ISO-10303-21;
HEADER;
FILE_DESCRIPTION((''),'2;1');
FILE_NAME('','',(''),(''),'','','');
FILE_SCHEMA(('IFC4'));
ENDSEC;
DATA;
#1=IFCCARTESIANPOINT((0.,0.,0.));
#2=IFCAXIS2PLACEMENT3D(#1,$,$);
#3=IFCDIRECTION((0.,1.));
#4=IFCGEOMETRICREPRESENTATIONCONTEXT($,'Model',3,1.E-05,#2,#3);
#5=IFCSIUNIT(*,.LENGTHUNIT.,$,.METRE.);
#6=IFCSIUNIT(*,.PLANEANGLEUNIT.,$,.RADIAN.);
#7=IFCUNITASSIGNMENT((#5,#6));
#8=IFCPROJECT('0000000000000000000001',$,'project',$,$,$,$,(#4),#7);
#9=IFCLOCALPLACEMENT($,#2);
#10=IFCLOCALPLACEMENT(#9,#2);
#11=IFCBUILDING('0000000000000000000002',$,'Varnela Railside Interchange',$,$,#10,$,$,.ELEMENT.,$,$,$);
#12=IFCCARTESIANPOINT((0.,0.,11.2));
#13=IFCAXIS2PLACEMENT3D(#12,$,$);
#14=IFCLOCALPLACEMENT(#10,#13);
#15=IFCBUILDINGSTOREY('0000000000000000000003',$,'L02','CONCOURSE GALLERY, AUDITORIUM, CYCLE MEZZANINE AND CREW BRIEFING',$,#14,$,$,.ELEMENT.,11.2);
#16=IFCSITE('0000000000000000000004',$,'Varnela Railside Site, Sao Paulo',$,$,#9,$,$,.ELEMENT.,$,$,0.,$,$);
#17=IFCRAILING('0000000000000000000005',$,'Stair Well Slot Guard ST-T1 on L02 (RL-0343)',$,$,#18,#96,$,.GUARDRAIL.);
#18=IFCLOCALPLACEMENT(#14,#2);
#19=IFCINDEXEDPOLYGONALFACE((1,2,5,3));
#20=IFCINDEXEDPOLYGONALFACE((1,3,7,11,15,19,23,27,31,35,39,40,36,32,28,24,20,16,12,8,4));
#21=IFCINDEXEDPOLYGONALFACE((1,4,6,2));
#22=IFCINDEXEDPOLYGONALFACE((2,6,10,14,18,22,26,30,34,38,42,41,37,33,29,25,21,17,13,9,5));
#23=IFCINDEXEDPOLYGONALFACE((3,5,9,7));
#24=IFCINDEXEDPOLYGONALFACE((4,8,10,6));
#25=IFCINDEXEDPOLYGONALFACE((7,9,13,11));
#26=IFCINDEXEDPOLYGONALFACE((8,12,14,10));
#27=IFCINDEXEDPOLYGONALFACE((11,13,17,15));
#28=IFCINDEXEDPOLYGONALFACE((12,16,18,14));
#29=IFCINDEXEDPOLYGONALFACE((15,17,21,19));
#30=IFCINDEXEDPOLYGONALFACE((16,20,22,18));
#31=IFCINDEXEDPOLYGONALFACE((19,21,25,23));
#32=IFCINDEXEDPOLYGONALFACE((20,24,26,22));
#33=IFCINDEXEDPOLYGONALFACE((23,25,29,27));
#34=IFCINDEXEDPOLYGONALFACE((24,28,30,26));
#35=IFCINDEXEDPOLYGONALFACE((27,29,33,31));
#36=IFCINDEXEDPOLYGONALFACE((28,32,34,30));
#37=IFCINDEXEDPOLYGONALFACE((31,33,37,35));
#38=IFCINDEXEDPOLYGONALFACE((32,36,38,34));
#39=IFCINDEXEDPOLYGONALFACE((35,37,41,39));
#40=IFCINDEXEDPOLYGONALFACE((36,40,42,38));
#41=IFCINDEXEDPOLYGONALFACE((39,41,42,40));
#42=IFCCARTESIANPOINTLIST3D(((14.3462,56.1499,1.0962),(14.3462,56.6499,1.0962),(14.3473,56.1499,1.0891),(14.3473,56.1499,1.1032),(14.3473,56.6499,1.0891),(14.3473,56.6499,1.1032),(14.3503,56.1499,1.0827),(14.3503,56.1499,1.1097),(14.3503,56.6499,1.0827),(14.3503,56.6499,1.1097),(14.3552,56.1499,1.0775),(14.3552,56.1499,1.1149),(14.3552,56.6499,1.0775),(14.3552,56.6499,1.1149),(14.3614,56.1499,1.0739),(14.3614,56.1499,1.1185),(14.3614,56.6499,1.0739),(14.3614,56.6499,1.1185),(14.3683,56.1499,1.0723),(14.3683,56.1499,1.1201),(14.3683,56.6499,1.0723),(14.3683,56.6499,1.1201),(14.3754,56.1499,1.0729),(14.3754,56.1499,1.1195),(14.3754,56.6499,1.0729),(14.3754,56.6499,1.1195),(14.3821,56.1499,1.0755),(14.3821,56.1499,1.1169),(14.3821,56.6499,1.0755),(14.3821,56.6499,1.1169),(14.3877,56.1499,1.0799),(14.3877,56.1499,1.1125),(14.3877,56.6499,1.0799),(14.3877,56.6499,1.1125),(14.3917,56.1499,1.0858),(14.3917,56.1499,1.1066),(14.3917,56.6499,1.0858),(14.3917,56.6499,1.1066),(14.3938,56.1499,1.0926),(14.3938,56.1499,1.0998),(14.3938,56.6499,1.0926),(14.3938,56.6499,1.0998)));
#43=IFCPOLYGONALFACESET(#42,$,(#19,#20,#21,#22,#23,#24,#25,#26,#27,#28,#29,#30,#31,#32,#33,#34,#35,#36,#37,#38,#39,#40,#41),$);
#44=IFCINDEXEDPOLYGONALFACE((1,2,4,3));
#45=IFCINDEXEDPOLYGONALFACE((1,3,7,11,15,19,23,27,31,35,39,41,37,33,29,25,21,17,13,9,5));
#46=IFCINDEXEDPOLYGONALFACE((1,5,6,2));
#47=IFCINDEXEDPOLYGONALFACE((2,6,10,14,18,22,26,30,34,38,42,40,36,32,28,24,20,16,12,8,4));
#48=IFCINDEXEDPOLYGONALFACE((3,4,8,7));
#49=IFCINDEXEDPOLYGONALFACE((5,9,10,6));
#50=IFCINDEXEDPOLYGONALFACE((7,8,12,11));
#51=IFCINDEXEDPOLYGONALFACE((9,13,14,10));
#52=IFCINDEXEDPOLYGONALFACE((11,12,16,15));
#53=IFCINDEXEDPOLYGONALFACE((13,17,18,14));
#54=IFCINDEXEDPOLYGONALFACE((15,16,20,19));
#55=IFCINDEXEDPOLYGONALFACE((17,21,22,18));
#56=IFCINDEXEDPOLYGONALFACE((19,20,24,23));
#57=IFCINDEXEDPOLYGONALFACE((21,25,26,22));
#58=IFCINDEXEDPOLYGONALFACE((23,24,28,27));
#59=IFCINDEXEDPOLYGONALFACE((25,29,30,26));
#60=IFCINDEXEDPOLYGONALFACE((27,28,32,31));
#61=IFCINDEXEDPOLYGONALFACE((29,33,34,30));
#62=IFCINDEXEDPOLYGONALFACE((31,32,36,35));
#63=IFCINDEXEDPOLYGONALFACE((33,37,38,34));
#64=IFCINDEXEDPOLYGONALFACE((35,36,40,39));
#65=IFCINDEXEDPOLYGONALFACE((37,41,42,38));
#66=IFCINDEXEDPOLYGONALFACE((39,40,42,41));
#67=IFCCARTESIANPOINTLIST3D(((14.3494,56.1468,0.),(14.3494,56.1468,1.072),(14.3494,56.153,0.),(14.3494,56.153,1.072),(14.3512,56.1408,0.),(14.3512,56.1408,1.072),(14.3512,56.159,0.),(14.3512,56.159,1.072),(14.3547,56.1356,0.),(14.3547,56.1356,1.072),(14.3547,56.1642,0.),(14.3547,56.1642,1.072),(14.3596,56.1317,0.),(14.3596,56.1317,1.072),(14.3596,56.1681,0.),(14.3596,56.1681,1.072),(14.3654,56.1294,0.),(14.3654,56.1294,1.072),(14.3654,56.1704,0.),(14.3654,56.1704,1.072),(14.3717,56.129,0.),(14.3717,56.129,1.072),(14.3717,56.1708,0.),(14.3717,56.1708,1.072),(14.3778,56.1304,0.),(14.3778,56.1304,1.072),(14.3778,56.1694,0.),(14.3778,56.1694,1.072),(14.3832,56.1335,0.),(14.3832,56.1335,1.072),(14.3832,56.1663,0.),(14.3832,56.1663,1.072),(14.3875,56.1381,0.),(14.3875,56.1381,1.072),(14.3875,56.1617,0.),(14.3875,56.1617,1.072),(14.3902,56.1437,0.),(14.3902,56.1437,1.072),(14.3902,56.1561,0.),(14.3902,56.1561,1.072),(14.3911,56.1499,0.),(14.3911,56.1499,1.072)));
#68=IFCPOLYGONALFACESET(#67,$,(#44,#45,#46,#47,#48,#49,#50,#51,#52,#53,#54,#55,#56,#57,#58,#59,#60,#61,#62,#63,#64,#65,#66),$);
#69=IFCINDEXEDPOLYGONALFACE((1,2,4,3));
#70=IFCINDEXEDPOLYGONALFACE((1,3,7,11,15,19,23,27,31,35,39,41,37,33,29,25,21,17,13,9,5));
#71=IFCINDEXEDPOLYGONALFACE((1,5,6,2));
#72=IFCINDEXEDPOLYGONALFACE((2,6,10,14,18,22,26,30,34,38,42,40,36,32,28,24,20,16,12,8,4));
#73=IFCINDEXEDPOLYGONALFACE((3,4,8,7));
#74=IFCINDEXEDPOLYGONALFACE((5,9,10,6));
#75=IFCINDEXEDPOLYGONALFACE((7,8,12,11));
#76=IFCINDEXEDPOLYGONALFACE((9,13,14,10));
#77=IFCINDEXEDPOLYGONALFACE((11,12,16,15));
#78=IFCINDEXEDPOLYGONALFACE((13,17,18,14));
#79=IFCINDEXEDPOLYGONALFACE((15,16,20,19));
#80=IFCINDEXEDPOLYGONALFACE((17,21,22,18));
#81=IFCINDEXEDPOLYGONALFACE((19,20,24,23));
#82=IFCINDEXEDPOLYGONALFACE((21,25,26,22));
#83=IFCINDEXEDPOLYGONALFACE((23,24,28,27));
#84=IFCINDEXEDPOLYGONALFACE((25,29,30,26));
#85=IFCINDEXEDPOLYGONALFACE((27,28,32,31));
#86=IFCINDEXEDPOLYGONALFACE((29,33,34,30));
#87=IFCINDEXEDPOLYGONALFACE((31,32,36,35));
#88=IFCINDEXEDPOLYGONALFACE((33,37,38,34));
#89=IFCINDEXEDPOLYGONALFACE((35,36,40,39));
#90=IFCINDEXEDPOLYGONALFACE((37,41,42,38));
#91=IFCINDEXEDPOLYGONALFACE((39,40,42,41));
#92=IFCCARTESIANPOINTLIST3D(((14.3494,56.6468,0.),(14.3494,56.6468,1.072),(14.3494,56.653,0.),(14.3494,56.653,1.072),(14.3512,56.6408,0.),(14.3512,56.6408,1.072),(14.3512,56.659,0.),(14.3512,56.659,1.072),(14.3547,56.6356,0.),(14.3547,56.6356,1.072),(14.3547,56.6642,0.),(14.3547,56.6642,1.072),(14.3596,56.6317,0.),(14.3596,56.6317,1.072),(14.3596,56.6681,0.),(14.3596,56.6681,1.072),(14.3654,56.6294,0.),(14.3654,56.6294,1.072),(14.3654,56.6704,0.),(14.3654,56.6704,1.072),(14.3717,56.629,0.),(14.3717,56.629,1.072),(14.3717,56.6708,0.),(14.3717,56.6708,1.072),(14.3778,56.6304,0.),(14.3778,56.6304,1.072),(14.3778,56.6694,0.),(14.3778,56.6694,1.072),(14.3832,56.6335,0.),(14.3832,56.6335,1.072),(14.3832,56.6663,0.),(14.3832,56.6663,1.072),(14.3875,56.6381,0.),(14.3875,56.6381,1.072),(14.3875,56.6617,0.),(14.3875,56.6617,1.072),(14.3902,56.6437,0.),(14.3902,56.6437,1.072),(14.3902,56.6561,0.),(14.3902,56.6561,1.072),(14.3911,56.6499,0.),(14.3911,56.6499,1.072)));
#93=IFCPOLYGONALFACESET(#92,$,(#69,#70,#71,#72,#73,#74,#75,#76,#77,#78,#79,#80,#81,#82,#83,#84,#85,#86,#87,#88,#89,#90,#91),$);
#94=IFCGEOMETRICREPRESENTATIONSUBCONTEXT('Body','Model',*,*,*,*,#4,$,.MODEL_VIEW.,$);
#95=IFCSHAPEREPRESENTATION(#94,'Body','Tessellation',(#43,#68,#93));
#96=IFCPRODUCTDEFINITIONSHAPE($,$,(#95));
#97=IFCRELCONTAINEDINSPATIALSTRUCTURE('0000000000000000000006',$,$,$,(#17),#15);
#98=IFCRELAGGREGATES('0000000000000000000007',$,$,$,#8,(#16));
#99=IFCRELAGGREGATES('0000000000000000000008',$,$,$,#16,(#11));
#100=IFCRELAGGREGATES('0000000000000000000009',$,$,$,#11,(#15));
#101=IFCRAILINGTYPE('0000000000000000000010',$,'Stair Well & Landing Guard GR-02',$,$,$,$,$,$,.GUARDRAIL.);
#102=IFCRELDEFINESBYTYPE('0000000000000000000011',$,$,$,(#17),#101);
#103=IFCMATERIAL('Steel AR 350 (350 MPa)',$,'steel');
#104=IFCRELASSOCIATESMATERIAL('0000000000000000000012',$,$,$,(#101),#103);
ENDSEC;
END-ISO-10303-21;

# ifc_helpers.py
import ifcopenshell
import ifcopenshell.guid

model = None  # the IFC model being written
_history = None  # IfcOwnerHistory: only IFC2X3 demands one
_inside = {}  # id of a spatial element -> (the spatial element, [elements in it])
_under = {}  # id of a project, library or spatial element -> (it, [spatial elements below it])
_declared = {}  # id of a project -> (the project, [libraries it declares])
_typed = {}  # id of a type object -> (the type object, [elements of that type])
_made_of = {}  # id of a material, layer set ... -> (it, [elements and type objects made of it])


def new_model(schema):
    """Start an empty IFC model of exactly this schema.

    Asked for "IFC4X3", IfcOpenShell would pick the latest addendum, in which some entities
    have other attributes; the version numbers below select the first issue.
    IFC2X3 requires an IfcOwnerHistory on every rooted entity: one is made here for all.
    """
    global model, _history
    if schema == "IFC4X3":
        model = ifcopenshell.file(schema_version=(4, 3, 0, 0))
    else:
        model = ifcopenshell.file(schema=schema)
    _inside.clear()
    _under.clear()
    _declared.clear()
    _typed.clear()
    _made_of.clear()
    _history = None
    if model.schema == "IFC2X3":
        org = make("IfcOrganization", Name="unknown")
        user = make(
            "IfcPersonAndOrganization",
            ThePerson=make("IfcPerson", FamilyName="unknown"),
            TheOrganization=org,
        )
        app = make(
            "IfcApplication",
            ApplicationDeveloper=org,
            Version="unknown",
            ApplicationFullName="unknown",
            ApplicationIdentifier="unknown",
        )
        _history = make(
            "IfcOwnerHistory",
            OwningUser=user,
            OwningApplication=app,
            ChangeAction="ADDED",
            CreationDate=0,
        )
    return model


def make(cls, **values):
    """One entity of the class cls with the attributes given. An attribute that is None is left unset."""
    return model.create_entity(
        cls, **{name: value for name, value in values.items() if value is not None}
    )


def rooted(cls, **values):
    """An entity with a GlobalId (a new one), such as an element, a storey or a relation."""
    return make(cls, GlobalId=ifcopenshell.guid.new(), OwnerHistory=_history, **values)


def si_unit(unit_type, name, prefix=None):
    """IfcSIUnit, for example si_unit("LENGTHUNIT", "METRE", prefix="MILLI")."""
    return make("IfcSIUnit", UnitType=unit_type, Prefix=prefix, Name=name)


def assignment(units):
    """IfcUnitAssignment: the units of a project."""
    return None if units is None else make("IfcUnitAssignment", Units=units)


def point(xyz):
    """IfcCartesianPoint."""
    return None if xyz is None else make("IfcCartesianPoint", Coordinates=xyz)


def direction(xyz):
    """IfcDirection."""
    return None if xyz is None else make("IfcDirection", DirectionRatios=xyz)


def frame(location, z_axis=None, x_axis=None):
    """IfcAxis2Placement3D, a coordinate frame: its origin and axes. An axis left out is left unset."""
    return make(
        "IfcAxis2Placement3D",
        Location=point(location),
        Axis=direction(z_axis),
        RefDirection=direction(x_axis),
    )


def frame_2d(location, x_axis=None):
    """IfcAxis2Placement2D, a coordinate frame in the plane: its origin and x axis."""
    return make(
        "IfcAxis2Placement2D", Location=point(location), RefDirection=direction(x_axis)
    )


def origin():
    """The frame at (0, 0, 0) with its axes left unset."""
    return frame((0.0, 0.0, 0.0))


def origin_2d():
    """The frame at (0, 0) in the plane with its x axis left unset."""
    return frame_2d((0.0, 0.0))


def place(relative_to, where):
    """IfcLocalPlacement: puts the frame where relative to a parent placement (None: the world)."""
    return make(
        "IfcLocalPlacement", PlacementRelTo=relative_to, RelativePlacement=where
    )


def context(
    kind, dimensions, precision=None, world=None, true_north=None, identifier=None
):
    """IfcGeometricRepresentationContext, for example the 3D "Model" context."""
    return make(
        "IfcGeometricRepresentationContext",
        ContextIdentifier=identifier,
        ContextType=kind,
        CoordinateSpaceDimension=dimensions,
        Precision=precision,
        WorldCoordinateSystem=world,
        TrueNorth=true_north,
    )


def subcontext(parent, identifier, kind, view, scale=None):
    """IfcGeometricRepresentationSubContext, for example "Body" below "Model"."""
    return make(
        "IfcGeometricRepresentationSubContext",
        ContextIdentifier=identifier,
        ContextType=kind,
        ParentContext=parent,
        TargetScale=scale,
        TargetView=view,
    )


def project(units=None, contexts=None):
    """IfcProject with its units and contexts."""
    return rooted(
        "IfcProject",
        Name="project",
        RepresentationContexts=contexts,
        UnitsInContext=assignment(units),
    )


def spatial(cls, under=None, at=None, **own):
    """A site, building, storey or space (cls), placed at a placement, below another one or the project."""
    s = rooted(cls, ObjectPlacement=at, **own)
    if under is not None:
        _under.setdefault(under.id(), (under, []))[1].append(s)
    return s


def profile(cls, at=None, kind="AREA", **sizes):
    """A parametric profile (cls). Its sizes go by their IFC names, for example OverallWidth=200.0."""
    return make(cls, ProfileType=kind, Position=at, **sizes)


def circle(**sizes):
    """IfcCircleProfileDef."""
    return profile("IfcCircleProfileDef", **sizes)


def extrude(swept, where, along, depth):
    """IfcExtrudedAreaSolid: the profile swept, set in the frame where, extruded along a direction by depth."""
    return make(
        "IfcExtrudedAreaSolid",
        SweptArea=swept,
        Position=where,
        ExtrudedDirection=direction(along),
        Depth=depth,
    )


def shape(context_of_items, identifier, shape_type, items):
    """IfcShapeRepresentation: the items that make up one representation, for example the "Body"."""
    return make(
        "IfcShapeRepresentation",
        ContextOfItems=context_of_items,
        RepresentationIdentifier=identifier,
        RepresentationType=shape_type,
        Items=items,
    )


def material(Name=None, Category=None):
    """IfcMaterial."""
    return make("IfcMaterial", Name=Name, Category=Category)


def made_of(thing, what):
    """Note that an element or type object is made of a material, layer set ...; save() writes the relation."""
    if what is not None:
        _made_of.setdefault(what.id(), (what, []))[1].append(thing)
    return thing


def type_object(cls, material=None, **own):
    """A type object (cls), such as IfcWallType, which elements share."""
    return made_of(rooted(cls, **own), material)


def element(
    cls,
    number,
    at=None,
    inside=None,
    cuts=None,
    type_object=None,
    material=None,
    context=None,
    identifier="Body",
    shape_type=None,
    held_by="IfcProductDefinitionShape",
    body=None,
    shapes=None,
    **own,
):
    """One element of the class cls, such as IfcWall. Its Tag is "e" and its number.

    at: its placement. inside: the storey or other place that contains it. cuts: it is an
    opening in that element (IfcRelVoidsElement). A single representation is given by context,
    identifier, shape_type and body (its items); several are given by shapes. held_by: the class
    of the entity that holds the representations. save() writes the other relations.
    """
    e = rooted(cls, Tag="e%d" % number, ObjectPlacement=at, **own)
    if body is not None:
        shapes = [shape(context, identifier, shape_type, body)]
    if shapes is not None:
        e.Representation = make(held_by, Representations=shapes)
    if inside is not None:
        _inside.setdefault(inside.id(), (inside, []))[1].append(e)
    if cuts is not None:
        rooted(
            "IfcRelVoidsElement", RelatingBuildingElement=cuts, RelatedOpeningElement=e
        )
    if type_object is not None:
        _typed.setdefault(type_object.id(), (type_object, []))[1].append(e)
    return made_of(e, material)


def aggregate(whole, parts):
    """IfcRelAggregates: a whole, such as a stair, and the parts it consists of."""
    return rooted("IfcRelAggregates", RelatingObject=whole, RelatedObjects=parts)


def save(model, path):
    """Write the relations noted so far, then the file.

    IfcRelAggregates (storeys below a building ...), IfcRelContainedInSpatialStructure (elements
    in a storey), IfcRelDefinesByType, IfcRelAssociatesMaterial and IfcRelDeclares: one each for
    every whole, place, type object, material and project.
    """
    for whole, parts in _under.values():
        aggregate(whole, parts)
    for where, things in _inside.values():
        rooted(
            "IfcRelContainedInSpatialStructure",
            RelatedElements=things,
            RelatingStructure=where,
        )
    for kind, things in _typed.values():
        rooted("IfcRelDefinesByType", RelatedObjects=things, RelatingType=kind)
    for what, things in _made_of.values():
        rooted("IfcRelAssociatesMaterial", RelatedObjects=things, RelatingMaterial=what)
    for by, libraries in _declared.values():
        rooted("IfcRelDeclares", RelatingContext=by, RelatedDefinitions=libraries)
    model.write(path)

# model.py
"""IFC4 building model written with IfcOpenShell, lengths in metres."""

from ifc_helpers import new_model, si_unit, direction, frame, origin, origin_2d, place, context, subcontext, project, spatial, circle, extrude, material, type_object, element, save


model = new_model("IFC4")

# Units and contexts
model_context = context("Model", 3, precision=1e-05, world=origin(), true_north=direction((0.0, 1.0)))
body_context = subcontext(model_context, "Body", "Model", "MODEL_VIEW")
ifc_project = project(units=[si_unit("LENGTHUNIT", "METRE"), si_unit("PLANEANGLEUNIT", "RADIAN")], contexts=[model_context])

# Site, building, storey
site_placement = place(None, origin())
site = spatial("IfcSite", under=ifc_project, at=site_placement, Name="Varnela Railside Site, Sao Paulo", CompositionType="ELEMENT", RefElevation=0.0)
building_placement = place(site_placement, origin())
building = spatial("IfcBuilding", under=site, at=building_placement, Name="Varnela Railside Interchange", CompositionType="ELEMENT")
storey_placement = place(building_placement, frame((0.0, 0.0, 11.2)))
storey = spatial("IfcBuildingStorey", under=building, at=storey_placement, Name="L02", Description="CONCOURSE GALLERY, AUDITORIUM, CYCLE MEZZANINE AND CREW BRIEFING", CompositionType="ELEMENT", Elevation=11.2)

# Shared definitions
ifc_material_1 = material(Name="Steel AR 350 (350 MPa)", Category="steel")

# Railing
railing_type_1 = type_object("IfcRailingType", Name="Stair Well & Landing Guard GR-02", PredefinedType="GUARDRAIL", material=ifc_material_1)
railing_1_placement = place(storey_placement, frame((14.3701, 56.1499, 0.0)))
element("IfcRailing", 1, at=railing_1_placement, inside=storey, type_object=railing_type_1, Name="Stair Well Slot Guard ST-T1 on L02 (RL-0343)", PredefinedType="GUARDRAIL", context=body_context, shape_type="SweptSolid", body=[
    extrude(circle(Radius=0.0239, at=origin_2d()), frame((0.0, 0.0, 1.0962), z_axis=(0.0, 1.0, 0.0), x_axis=(-1.0, 0.0, 0.0)), (0.0, 0.0, 1.0), 0.5),
    extrude(circle(Radius=0.021, at=origin_2d()), origin(), (0.0, 0.0, 1.0), 1.072),
    extrude(circle(Radius=0.021, at=origin_2d()), frame((0.0, 0.5, 0.0)), (0.0, 0.0, 1.0), 1.072),
])

save(model, "model.ifc")
